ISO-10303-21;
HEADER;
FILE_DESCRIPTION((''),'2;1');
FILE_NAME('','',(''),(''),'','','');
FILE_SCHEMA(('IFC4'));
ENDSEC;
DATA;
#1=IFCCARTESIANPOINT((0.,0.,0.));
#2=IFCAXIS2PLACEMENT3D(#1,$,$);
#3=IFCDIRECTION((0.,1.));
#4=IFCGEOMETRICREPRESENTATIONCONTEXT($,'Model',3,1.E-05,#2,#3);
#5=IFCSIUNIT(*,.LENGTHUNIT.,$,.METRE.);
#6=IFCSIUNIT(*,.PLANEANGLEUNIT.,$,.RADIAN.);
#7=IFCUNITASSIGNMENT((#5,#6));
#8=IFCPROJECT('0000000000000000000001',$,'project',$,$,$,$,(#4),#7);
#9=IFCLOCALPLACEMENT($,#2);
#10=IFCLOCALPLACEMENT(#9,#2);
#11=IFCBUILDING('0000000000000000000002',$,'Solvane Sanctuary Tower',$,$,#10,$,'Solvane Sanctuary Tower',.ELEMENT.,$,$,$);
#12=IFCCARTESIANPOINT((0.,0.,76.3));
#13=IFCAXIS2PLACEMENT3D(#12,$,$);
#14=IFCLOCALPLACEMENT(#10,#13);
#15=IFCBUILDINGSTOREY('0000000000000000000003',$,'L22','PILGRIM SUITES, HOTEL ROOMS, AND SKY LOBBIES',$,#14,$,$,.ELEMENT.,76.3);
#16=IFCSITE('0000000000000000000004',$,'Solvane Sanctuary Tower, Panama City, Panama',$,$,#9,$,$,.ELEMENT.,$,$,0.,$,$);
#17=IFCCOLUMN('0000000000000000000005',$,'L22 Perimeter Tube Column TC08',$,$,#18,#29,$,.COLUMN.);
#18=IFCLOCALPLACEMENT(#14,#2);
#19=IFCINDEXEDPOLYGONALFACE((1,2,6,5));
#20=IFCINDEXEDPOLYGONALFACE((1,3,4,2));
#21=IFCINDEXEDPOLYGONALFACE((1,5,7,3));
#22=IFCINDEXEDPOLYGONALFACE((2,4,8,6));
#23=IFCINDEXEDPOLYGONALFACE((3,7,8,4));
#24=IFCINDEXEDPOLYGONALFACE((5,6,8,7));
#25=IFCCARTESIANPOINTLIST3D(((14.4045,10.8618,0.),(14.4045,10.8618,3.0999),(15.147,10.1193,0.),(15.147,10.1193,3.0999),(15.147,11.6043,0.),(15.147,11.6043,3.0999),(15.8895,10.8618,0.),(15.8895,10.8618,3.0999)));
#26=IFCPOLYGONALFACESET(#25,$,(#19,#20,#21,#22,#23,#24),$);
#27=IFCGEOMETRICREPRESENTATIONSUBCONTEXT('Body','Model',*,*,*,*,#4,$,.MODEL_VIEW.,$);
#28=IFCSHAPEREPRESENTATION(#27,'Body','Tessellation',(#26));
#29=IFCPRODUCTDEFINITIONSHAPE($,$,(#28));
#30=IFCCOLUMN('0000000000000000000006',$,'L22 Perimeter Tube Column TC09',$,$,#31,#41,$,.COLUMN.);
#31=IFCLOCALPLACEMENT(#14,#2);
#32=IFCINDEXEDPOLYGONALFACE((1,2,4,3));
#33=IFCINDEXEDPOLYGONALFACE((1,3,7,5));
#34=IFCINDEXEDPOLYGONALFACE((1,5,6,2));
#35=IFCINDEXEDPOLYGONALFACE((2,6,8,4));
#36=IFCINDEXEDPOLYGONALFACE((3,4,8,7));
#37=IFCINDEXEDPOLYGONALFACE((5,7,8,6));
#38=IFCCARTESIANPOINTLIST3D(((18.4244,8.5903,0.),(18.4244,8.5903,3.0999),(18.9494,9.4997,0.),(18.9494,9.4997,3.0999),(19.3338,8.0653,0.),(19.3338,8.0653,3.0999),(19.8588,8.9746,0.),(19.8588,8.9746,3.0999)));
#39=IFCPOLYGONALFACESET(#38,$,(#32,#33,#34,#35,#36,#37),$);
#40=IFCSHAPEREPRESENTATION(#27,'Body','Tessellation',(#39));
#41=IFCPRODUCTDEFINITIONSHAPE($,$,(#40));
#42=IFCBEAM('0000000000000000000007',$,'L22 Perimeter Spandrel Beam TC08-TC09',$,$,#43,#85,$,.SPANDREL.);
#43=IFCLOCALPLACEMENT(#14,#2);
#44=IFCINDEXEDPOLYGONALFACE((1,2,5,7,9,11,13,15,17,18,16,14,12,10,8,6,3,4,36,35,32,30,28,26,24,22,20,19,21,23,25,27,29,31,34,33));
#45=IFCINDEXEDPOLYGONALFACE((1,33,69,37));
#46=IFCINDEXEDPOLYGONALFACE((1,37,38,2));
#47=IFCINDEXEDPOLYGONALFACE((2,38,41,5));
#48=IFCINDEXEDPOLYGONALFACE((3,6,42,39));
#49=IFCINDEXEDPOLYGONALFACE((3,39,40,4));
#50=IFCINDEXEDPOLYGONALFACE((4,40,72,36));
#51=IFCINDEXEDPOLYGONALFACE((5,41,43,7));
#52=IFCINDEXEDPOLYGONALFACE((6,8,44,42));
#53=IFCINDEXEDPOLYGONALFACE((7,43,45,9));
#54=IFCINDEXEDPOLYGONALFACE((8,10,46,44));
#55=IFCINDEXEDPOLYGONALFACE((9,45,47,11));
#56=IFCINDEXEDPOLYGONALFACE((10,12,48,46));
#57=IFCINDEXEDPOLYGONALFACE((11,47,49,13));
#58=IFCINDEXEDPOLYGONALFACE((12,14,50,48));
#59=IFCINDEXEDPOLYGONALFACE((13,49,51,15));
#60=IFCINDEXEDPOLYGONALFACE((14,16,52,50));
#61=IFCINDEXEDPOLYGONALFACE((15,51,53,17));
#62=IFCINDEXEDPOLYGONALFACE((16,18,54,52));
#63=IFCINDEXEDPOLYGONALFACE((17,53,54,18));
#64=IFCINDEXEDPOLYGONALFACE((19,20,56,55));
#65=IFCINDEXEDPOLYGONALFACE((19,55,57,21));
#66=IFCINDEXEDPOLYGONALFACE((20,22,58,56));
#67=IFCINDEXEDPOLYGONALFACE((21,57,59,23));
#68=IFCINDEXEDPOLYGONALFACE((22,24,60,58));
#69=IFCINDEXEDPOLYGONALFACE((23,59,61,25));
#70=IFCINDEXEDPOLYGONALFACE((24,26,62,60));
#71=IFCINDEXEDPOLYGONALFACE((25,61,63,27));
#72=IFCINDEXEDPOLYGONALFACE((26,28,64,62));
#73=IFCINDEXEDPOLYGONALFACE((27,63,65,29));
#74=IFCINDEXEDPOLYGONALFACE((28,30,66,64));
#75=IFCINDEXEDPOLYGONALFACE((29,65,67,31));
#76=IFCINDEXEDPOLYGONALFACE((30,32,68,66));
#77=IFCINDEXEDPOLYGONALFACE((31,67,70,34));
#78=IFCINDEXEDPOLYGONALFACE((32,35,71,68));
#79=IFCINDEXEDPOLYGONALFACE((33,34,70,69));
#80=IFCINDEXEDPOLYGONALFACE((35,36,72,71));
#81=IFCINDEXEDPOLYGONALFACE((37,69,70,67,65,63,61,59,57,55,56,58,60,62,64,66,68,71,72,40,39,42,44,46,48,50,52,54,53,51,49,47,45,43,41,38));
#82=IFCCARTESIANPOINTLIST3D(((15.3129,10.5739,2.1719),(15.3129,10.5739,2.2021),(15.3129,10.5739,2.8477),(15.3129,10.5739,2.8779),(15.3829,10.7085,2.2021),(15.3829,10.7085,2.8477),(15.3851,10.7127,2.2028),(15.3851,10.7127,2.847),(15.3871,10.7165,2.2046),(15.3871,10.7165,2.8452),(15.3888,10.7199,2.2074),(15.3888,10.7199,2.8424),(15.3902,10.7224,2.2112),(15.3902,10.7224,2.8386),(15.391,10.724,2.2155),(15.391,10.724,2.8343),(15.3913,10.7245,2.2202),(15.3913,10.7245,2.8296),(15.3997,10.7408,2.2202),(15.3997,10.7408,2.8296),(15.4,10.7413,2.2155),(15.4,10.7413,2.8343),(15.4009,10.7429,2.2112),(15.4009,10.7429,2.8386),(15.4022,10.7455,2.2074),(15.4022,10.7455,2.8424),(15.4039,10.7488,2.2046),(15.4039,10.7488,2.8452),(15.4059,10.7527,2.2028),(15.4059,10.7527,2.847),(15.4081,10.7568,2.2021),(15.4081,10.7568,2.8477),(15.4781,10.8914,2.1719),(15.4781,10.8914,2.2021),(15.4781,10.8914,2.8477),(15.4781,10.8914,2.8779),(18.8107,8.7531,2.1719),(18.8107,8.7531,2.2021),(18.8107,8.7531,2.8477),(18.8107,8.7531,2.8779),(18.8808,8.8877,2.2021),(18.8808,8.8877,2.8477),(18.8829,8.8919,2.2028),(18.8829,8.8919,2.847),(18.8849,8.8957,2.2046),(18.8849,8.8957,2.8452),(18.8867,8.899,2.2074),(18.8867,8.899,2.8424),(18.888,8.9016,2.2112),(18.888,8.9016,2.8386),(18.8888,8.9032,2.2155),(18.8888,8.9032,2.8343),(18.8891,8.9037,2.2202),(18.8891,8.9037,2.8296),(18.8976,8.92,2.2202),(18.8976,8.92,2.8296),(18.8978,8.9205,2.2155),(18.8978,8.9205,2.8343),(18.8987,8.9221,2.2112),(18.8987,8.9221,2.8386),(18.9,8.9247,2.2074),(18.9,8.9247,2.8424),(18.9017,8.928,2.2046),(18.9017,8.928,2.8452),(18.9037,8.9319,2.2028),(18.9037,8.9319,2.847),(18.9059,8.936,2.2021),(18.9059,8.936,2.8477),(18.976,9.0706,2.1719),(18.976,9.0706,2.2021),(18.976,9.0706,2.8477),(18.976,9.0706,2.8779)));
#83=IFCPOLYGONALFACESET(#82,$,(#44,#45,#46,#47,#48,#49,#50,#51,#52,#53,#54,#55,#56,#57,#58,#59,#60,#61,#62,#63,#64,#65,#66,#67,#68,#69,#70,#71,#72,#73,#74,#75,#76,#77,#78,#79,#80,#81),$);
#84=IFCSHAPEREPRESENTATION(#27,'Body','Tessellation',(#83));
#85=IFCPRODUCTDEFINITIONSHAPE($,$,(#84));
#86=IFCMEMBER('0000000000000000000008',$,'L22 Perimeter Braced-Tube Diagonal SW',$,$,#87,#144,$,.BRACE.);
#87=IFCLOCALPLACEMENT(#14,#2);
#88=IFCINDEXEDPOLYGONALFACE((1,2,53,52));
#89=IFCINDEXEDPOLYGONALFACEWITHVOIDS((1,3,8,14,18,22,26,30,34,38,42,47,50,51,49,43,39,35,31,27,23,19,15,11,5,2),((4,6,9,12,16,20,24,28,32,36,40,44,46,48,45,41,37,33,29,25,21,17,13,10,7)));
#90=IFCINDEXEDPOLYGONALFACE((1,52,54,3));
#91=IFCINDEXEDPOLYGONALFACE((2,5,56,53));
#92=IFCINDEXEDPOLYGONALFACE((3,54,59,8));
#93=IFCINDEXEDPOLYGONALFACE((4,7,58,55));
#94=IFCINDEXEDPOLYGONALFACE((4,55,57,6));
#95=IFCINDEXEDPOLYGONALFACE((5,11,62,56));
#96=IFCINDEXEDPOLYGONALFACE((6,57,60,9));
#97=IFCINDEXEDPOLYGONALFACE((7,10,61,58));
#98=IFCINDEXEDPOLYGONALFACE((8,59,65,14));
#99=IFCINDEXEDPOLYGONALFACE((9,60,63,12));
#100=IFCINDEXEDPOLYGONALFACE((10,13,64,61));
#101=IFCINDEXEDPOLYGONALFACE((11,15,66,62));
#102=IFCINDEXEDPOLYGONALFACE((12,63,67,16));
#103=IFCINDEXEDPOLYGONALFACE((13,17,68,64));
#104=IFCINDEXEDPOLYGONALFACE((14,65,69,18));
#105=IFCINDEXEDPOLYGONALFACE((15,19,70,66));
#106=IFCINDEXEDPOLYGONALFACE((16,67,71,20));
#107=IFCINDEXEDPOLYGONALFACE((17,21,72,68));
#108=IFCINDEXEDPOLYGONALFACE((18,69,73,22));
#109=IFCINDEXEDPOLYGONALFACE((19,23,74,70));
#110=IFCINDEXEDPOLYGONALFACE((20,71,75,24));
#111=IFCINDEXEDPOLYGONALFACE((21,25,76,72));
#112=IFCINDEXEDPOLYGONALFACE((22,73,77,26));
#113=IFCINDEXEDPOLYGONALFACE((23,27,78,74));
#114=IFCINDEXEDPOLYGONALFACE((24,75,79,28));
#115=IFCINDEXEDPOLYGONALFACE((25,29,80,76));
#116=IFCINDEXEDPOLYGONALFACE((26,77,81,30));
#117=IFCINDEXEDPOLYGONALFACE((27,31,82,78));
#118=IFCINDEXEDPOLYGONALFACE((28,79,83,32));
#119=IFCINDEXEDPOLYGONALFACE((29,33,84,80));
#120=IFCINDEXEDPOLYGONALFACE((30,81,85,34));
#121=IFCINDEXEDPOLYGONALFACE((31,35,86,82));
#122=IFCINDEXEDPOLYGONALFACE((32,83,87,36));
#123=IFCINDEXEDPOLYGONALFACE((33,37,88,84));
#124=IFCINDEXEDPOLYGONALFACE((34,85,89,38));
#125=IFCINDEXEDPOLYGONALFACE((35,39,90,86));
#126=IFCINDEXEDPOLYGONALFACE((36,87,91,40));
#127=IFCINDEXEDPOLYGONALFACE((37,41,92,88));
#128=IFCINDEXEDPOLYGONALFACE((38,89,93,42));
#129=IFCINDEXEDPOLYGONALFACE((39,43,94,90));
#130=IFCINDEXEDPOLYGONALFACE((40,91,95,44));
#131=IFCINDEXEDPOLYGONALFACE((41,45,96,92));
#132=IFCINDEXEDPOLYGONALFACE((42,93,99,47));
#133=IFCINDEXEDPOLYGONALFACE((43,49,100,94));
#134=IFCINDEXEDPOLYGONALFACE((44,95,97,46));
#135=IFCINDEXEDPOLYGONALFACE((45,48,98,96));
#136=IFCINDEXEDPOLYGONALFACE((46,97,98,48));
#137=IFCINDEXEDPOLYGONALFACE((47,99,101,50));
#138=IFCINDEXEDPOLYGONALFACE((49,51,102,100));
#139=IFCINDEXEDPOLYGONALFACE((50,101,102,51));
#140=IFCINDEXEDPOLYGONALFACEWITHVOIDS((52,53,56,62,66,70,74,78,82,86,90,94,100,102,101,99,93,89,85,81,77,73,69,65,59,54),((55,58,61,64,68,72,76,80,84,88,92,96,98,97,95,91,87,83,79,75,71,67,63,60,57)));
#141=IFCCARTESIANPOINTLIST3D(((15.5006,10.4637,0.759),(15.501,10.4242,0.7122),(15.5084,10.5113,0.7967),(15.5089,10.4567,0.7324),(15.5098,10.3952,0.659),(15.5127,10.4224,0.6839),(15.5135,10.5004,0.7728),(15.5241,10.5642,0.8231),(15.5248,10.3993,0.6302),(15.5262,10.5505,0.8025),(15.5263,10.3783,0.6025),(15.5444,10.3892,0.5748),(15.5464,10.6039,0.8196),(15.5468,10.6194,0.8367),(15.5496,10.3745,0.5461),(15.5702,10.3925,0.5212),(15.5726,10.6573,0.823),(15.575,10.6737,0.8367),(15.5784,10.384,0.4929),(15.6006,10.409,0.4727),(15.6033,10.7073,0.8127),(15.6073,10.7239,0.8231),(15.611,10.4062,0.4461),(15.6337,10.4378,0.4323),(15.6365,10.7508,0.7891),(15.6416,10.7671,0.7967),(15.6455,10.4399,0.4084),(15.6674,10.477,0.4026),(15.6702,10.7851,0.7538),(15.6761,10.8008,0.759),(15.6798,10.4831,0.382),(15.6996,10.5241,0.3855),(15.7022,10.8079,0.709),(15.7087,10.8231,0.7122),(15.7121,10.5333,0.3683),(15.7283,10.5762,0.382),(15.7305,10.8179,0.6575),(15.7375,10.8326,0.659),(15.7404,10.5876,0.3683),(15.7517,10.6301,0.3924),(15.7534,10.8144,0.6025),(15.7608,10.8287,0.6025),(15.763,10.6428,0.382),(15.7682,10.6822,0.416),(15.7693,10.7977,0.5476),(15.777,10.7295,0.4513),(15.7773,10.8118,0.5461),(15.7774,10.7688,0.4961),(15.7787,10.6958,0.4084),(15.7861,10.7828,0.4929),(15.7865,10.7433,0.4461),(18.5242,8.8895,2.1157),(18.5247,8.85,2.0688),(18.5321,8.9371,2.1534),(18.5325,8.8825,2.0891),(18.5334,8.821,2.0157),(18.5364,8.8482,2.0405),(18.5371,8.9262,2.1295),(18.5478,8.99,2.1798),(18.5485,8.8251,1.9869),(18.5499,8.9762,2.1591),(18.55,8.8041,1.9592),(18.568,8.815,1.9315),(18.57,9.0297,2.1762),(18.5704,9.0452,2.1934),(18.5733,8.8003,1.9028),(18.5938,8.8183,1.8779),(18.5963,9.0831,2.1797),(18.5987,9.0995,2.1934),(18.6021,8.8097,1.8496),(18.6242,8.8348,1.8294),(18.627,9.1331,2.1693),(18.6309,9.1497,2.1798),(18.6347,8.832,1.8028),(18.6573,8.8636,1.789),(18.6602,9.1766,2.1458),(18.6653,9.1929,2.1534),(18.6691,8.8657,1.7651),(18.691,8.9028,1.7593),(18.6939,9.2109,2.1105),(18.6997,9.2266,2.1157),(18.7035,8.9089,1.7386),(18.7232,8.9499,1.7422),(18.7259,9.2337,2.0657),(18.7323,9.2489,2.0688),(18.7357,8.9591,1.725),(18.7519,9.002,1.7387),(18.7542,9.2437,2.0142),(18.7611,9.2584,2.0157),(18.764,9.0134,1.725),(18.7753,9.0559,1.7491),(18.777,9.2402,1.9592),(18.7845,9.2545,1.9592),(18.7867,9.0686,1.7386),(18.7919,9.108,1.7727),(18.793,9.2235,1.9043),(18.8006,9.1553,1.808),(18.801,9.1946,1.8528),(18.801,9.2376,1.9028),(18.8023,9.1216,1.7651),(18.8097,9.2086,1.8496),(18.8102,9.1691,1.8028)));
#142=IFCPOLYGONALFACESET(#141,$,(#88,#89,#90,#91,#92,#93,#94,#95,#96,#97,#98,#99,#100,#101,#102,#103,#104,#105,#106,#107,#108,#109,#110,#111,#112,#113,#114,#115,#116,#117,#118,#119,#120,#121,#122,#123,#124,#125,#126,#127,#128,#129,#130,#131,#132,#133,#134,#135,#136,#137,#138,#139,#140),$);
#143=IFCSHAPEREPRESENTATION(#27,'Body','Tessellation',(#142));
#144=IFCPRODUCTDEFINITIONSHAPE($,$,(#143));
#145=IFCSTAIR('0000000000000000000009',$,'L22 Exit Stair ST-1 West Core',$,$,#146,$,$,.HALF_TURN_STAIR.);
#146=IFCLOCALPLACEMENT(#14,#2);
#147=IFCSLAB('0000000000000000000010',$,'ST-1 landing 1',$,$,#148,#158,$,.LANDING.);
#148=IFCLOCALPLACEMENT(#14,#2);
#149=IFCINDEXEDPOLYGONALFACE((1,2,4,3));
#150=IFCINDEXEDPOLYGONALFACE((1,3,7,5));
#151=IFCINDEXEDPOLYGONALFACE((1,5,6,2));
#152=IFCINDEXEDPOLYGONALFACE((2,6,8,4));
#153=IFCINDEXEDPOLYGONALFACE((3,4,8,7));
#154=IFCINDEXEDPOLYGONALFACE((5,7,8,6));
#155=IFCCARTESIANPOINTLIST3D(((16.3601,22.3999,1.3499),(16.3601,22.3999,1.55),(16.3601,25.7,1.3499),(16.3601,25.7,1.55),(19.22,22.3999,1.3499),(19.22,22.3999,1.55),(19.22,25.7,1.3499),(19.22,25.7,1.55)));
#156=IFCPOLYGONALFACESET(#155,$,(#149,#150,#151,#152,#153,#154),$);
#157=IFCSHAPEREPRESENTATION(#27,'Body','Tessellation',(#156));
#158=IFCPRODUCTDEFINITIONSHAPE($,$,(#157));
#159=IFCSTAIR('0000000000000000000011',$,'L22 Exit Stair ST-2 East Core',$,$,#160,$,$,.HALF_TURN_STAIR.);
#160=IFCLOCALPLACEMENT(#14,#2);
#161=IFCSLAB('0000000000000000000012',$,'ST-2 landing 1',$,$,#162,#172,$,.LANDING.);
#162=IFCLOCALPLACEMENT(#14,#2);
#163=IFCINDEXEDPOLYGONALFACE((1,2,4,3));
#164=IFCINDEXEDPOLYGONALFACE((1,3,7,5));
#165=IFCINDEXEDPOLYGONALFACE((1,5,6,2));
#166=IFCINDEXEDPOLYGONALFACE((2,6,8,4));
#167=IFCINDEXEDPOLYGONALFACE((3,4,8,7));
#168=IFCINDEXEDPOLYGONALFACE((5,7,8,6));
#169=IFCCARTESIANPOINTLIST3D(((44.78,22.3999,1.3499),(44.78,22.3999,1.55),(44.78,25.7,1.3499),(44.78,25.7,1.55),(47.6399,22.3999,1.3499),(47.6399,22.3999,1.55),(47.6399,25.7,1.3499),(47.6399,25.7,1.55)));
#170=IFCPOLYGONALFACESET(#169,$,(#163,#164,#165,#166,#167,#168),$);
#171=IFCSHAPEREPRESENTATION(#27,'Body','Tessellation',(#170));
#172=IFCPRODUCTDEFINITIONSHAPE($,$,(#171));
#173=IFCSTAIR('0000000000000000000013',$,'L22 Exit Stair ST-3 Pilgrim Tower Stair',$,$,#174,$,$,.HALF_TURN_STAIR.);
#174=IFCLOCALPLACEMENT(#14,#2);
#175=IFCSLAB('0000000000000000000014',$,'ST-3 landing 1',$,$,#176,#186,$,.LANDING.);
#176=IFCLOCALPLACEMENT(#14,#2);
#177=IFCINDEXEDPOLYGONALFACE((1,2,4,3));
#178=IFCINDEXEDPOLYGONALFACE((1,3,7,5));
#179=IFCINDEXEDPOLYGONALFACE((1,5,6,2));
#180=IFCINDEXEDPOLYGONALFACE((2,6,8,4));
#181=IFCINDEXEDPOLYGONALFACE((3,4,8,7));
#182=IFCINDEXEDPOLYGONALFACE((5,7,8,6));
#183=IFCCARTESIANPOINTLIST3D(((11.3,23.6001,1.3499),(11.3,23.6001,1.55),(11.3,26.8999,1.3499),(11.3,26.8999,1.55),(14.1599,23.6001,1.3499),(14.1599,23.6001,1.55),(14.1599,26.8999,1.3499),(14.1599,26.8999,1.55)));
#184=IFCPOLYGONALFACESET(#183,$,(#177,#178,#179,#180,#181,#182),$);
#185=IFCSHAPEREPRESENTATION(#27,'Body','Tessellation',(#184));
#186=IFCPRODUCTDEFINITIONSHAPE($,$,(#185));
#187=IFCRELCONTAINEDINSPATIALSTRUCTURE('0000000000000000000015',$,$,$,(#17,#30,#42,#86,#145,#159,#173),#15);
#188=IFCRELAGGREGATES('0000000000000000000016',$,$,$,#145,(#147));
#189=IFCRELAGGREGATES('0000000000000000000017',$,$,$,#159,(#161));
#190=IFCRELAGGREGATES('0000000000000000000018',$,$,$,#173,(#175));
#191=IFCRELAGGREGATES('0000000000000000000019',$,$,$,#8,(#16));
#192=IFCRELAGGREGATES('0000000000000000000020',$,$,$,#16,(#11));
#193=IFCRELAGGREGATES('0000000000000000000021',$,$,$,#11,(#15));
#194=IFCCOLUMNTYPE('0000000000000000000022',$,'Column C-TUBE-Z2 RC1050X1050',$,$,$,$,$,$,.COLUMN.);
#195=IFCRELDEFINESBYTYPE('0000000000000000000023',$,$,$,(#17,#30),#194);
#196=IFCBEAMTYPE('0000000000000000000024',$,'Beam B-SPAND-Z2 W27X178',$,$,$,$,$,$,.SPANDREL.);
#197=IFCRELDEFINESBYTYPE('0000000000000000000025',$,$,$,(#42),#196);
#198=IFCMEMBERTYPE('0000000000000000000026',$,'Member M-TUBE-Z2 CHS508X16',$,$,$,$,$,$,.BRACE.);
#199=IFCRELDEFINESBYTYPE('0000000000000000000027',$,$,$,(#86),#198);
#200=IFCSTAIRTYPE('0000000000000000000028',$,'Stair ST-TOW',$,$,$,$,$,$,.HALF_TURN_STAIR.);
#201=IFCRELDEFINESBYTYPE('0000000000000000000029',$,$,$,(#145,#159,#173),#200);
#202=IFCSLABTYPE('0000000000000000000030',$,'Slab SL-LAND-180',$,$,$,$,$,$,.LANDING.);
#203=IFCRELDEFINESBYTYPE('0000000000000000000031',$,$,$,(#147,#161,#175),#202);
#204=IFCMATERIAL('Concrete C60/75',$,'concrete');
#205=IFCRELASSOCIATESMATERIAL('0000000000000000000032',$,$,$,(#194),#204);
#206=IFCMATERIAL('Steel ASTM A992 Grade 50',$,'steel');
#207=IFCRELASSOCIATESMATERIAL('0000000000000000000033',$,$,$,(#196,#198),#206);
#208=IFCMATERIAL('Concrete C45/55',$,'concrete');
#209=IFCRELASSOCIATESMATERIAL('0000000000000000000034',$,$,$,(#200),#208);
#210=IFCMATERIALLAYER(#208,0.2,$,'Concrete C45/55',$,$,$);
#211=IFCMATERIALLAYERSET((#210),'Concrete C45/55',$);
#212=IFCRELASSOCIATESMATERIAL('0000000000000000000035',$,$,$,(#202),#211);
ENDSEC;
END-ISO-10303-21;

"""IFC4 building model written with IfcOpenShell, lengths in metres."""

from ifc_helpers import new_model, si_unit, direction, frame, origin, origin_2d, place, context, subcontext, project, spatial, polyline, rectangle, hollow_circle, i_section, outline, extrude, material, layer, layer_set, material_profile, profile_set, type_object, element, aggregate, save


model = new_model("IFC4")

# Units and contexts
model_context = context("Model", 3, precision=1e-05, world=origin(), true_north=direction((0.0, 1.0)))
body_context = subcontext(model_context, "Body", "Model", "MODEL_VIEW")
ifc_project = project(units=[si_unit("LENGTHUNIT", "METRE"), si_unit("PLANEANGLEUNIT", "RADIAN")], contexts=[model_context])

# Site, building, storey
site_placement = place(None, origin())
site = spatial("IfcSite", under=ifc_project, at=site_placement, Name="Solvane Sanctuary Tower, Panama City, Panama", CompositionType="ELEMENT", RefElevation=0.0)
building_placement = place(site_placement, origin())
building = spatial("IfcBuilding", under=site, at=building_placement, Name="Solvane Sanctuary Tower", LongName="Solvane Sanctuary Tower", CompositionType="ELEMENT")
storey_placement = place(building_placement, frame((0.0, 0.0, 76.3)))
storey = spatial("IfcBuildingStorey", under=building, at=storey_placement, Name="L22", Description="PILGRIM SUITES, HOTEL ROOMS, AND SKY LOBBIES", CompositionType="ELEMENT", Elevation=76.3)

# Columns
ifc_material_1 = material(Name="Concrete C60/75", Category="concrete")
ifc_material_profile_1 = material_profile(ifc_material_1, rectangle(XDim=1.05, YDim=1.05, at=origin_2d()), Name="RC1050X1050")
ifc_profile_set_1 = profile_set([ifc_material_profile_1], Name="Concrete C60/75")
column_type = type_object("IfcColumnType", Name="Column C-TUBE-Z2 RC1050X1050", PredefinedType="COLUMN", material=ifc_profile_set_1)
for number, where, z_axis, x_axis, name in (
    (1, (15.147, 10.8618, 0.0), (0.0, 0.0, 1.0), (-0.707107, -0.707107, 0.0), "L22 Perimeter Tube Column TC08"),
    (2, (19.1416, 8.7825, 0.0), (0.0, 0.0, 1.0), (-0.5, -0.866025, 0.0), "L22 Perimeter Tube Column TC09"),
):
    element("IfcColumn", number, at=place(storey_placement, frame(where, z_axis=z_axis, x_axis=x_axis)), inside=storey, type_object=column_type, Name=name, PredefinedType="COLUMN", context=body_context, shape_type="SweptSolid", body=[
        extrude(rectangle(XDim=1.05, YDim=1.05, at=origin_2d()), origin(), (0.0, 0.0, 1.0), 3.0999),
    ])

# Beam
ifc_material_2 = material(Name="Steel ASTM A992 Grade 50", Category="steel")
ifc_material_profile_2 = material_profile(ifc_material_2, i_section(OverallWidth=0.3579, OverallDepth=0.7061, WebThickness=0.0183, FlangeThickness=0.0303, FilletRadius=0.0181, at=origin_2d()), Name="W27X178")
ifc_profile_set_2 = profile_set([ifc_material_profile_2], Name="Steel ASTM A992 Grade 50")
beam_type = type_object("IfcBeamType", Name="Beam B-SPAND-Z2 W27X178", PredefinedType="SPANDREL", material=ifc_profile_set_2)
beam_placement = place(storey_placement, frame((15.3955, 10.7327, 2.5249), z_axis=(0.887015, -0.461741, 0.0), x_axis=(0.461741, 0.887015, 0.0)))
element("IfcBeam", 3, at=beam_placement, inside=storey, type_object=beam_type, Name="L22 Perimeter Spandrel Beam TC08-TC09", PredefinedType="SPANDREL", context=body_context, shape_type="SweptSolid", body=[
    extrude(i_section(OverallWidth=0.3579, OverallDepth=0.7061, WebThickness=0.0183, FlangeThickness=0.0303, FilletRadius=0.0181, at=origin_2d()), origin(), (0.0, 0.0, 1.0), 3.9434),
])

# Member
ifc_material_profile_3 = material_profile(ifc_material_2, hollow_circle(Radius=0.2539, WallThickness=0.0161, at=origin_2d()), Name="CHS508X16")
ifc_profile_set_3 = profile_set([ifc_material_profile_3], Name="Steel ASTM A992 Grade 50")
member_type = type_object("IfcMemberType", Name="Member M-TUBE-Z2 CHS508X16", PredefinedType="BRACE", material=ifc_profile_set_3)
member_placement = place(storey_placement, frame((15.6436, 10.6035, 0.6025), z_axis=(0.82412, -0.429062, 0.369773), x_axis=(0.461792, 0.886988, 0.0)))
element("IfcMember", 4, at=member_placement, inside=storey, type_object=member_type, Name="L22 Perimeter Braced-Tube Diagonal SW", PredefinedType="BRACE", context=body_context, shape_type="SweptSolid", body=[
    extrude(hollow_circle(Radius=0.2539, WallThickness=0.0161, at=origin_2d()), origin(), (0.0, 0.0, 1.0), 3.6689),
])

# Stairs, slabs
ifc_material_3 = material(Name="Concrete C45/55", Category="concrete")
stair_type = type_object("IfcStairType", Name="Stair ST-TOW", PredefinedType="HALF_TURN_STAIR", material=ifc_material_3)
stair_1_placement = place(storey_placement, origin())
stair_1 = element("IfcStair", 5, at=stair_1_placement, inside=storey, type_object=stair_type, Name="L22 Exit Stair ST-1 West Core", PredefinedType="HALF_TURN_STAIR")
ifc_layer_1 = layer(ifc_material_3, 0.2, Name="Concrete C45/55")
ifc_layer_set_1 = layer_set([ifc_layer_1], Name="Concrete C45/55")
slab_type_1 = type_object("IfcSlabType", Name="Slab SL-LAND-180", PredefinedType="LANDING", material=ifc_layer_set_1)
slab_1_placement = place(storey_placement, frame((0.0, 0.0, 1.3499)))
slab_1 = element("IfcSlab", 6, at=slab_1_placement, type_object=slab_type_1, Name="ST-1 landing 1", PredefinedType="LANDING", context=body_context, shape_type="SweptSolid", body=[
    extrude(outline(polyline([(19.22, 22.3999), (19.22, 25.7), (16.3601, 25.7), (16.3601, 22.3999), (19.22, 22.3999)])), origin(), (0.0, 0.0, 1.0), 0.2002),
])
aggregate(stair_1, [slab_1])
stair_2_placement = place(storey_placement, origin())
stair_2 = element("IfcStair", 7, at=stair_2_placement, inside=storey, type_object=stair_type, Name="L22 Exit Stair ST-2 East Core", PredefinedType="HALF_TURN_STAIR")
slab_2_placement = place(storey_placement, frame((0.0, 0.0, 1.3499)))
slab_2 = element("IfcSlab", 8, at=slab_2_placement, type_object=slab_type_1, Name="ST-2 landing 1", PredefinedType="LANDING", context=body_context, shape_type="SweptSolid", body=[
    extrude(outline(polyline([(47.6399, 22.3999), (47.6399, 25.7), (44.78, 25.7), (44.78, 22.3999), (47.6399, 22.3999)])), origin(), (0.0, 0.0, 1.0), 0.2002),
])
aggregate(stair_2, [slab_2])
stair_3_placement = place(storey_placement, origin())
stair_3 = element("IfcStair", 9, at=stair_3_placement, inside=storey, type_object=stair_type, Name="L22 Exit Stair ST-3 Pilgrim Tower Stair", PredefinedType="HALF_TURN_STAIR")
slab_3_placement = place(storey_placement, frame((0.0, 0.0, 1.3499)))
slab_3 = element("IfcSlab", 10, at=slab_3_placement, type_object=slab_type_1, Name="ST-3 landing 1", PredefinedType="LANDING", context=body_context, shape_type="SweptSolid", body=[
    extrude(outline(polyline([(14.1599, 23.6001), (14.1599, 26.8999), (11.3, 26.8999), (11.3, 23.6001), (14.1599, 23.6001)])), origin(), (0.0, 0.0, 1.0), 0.2002),
])
aggregate(stair_3, [slab_3])

save(model, "model.ifc")
